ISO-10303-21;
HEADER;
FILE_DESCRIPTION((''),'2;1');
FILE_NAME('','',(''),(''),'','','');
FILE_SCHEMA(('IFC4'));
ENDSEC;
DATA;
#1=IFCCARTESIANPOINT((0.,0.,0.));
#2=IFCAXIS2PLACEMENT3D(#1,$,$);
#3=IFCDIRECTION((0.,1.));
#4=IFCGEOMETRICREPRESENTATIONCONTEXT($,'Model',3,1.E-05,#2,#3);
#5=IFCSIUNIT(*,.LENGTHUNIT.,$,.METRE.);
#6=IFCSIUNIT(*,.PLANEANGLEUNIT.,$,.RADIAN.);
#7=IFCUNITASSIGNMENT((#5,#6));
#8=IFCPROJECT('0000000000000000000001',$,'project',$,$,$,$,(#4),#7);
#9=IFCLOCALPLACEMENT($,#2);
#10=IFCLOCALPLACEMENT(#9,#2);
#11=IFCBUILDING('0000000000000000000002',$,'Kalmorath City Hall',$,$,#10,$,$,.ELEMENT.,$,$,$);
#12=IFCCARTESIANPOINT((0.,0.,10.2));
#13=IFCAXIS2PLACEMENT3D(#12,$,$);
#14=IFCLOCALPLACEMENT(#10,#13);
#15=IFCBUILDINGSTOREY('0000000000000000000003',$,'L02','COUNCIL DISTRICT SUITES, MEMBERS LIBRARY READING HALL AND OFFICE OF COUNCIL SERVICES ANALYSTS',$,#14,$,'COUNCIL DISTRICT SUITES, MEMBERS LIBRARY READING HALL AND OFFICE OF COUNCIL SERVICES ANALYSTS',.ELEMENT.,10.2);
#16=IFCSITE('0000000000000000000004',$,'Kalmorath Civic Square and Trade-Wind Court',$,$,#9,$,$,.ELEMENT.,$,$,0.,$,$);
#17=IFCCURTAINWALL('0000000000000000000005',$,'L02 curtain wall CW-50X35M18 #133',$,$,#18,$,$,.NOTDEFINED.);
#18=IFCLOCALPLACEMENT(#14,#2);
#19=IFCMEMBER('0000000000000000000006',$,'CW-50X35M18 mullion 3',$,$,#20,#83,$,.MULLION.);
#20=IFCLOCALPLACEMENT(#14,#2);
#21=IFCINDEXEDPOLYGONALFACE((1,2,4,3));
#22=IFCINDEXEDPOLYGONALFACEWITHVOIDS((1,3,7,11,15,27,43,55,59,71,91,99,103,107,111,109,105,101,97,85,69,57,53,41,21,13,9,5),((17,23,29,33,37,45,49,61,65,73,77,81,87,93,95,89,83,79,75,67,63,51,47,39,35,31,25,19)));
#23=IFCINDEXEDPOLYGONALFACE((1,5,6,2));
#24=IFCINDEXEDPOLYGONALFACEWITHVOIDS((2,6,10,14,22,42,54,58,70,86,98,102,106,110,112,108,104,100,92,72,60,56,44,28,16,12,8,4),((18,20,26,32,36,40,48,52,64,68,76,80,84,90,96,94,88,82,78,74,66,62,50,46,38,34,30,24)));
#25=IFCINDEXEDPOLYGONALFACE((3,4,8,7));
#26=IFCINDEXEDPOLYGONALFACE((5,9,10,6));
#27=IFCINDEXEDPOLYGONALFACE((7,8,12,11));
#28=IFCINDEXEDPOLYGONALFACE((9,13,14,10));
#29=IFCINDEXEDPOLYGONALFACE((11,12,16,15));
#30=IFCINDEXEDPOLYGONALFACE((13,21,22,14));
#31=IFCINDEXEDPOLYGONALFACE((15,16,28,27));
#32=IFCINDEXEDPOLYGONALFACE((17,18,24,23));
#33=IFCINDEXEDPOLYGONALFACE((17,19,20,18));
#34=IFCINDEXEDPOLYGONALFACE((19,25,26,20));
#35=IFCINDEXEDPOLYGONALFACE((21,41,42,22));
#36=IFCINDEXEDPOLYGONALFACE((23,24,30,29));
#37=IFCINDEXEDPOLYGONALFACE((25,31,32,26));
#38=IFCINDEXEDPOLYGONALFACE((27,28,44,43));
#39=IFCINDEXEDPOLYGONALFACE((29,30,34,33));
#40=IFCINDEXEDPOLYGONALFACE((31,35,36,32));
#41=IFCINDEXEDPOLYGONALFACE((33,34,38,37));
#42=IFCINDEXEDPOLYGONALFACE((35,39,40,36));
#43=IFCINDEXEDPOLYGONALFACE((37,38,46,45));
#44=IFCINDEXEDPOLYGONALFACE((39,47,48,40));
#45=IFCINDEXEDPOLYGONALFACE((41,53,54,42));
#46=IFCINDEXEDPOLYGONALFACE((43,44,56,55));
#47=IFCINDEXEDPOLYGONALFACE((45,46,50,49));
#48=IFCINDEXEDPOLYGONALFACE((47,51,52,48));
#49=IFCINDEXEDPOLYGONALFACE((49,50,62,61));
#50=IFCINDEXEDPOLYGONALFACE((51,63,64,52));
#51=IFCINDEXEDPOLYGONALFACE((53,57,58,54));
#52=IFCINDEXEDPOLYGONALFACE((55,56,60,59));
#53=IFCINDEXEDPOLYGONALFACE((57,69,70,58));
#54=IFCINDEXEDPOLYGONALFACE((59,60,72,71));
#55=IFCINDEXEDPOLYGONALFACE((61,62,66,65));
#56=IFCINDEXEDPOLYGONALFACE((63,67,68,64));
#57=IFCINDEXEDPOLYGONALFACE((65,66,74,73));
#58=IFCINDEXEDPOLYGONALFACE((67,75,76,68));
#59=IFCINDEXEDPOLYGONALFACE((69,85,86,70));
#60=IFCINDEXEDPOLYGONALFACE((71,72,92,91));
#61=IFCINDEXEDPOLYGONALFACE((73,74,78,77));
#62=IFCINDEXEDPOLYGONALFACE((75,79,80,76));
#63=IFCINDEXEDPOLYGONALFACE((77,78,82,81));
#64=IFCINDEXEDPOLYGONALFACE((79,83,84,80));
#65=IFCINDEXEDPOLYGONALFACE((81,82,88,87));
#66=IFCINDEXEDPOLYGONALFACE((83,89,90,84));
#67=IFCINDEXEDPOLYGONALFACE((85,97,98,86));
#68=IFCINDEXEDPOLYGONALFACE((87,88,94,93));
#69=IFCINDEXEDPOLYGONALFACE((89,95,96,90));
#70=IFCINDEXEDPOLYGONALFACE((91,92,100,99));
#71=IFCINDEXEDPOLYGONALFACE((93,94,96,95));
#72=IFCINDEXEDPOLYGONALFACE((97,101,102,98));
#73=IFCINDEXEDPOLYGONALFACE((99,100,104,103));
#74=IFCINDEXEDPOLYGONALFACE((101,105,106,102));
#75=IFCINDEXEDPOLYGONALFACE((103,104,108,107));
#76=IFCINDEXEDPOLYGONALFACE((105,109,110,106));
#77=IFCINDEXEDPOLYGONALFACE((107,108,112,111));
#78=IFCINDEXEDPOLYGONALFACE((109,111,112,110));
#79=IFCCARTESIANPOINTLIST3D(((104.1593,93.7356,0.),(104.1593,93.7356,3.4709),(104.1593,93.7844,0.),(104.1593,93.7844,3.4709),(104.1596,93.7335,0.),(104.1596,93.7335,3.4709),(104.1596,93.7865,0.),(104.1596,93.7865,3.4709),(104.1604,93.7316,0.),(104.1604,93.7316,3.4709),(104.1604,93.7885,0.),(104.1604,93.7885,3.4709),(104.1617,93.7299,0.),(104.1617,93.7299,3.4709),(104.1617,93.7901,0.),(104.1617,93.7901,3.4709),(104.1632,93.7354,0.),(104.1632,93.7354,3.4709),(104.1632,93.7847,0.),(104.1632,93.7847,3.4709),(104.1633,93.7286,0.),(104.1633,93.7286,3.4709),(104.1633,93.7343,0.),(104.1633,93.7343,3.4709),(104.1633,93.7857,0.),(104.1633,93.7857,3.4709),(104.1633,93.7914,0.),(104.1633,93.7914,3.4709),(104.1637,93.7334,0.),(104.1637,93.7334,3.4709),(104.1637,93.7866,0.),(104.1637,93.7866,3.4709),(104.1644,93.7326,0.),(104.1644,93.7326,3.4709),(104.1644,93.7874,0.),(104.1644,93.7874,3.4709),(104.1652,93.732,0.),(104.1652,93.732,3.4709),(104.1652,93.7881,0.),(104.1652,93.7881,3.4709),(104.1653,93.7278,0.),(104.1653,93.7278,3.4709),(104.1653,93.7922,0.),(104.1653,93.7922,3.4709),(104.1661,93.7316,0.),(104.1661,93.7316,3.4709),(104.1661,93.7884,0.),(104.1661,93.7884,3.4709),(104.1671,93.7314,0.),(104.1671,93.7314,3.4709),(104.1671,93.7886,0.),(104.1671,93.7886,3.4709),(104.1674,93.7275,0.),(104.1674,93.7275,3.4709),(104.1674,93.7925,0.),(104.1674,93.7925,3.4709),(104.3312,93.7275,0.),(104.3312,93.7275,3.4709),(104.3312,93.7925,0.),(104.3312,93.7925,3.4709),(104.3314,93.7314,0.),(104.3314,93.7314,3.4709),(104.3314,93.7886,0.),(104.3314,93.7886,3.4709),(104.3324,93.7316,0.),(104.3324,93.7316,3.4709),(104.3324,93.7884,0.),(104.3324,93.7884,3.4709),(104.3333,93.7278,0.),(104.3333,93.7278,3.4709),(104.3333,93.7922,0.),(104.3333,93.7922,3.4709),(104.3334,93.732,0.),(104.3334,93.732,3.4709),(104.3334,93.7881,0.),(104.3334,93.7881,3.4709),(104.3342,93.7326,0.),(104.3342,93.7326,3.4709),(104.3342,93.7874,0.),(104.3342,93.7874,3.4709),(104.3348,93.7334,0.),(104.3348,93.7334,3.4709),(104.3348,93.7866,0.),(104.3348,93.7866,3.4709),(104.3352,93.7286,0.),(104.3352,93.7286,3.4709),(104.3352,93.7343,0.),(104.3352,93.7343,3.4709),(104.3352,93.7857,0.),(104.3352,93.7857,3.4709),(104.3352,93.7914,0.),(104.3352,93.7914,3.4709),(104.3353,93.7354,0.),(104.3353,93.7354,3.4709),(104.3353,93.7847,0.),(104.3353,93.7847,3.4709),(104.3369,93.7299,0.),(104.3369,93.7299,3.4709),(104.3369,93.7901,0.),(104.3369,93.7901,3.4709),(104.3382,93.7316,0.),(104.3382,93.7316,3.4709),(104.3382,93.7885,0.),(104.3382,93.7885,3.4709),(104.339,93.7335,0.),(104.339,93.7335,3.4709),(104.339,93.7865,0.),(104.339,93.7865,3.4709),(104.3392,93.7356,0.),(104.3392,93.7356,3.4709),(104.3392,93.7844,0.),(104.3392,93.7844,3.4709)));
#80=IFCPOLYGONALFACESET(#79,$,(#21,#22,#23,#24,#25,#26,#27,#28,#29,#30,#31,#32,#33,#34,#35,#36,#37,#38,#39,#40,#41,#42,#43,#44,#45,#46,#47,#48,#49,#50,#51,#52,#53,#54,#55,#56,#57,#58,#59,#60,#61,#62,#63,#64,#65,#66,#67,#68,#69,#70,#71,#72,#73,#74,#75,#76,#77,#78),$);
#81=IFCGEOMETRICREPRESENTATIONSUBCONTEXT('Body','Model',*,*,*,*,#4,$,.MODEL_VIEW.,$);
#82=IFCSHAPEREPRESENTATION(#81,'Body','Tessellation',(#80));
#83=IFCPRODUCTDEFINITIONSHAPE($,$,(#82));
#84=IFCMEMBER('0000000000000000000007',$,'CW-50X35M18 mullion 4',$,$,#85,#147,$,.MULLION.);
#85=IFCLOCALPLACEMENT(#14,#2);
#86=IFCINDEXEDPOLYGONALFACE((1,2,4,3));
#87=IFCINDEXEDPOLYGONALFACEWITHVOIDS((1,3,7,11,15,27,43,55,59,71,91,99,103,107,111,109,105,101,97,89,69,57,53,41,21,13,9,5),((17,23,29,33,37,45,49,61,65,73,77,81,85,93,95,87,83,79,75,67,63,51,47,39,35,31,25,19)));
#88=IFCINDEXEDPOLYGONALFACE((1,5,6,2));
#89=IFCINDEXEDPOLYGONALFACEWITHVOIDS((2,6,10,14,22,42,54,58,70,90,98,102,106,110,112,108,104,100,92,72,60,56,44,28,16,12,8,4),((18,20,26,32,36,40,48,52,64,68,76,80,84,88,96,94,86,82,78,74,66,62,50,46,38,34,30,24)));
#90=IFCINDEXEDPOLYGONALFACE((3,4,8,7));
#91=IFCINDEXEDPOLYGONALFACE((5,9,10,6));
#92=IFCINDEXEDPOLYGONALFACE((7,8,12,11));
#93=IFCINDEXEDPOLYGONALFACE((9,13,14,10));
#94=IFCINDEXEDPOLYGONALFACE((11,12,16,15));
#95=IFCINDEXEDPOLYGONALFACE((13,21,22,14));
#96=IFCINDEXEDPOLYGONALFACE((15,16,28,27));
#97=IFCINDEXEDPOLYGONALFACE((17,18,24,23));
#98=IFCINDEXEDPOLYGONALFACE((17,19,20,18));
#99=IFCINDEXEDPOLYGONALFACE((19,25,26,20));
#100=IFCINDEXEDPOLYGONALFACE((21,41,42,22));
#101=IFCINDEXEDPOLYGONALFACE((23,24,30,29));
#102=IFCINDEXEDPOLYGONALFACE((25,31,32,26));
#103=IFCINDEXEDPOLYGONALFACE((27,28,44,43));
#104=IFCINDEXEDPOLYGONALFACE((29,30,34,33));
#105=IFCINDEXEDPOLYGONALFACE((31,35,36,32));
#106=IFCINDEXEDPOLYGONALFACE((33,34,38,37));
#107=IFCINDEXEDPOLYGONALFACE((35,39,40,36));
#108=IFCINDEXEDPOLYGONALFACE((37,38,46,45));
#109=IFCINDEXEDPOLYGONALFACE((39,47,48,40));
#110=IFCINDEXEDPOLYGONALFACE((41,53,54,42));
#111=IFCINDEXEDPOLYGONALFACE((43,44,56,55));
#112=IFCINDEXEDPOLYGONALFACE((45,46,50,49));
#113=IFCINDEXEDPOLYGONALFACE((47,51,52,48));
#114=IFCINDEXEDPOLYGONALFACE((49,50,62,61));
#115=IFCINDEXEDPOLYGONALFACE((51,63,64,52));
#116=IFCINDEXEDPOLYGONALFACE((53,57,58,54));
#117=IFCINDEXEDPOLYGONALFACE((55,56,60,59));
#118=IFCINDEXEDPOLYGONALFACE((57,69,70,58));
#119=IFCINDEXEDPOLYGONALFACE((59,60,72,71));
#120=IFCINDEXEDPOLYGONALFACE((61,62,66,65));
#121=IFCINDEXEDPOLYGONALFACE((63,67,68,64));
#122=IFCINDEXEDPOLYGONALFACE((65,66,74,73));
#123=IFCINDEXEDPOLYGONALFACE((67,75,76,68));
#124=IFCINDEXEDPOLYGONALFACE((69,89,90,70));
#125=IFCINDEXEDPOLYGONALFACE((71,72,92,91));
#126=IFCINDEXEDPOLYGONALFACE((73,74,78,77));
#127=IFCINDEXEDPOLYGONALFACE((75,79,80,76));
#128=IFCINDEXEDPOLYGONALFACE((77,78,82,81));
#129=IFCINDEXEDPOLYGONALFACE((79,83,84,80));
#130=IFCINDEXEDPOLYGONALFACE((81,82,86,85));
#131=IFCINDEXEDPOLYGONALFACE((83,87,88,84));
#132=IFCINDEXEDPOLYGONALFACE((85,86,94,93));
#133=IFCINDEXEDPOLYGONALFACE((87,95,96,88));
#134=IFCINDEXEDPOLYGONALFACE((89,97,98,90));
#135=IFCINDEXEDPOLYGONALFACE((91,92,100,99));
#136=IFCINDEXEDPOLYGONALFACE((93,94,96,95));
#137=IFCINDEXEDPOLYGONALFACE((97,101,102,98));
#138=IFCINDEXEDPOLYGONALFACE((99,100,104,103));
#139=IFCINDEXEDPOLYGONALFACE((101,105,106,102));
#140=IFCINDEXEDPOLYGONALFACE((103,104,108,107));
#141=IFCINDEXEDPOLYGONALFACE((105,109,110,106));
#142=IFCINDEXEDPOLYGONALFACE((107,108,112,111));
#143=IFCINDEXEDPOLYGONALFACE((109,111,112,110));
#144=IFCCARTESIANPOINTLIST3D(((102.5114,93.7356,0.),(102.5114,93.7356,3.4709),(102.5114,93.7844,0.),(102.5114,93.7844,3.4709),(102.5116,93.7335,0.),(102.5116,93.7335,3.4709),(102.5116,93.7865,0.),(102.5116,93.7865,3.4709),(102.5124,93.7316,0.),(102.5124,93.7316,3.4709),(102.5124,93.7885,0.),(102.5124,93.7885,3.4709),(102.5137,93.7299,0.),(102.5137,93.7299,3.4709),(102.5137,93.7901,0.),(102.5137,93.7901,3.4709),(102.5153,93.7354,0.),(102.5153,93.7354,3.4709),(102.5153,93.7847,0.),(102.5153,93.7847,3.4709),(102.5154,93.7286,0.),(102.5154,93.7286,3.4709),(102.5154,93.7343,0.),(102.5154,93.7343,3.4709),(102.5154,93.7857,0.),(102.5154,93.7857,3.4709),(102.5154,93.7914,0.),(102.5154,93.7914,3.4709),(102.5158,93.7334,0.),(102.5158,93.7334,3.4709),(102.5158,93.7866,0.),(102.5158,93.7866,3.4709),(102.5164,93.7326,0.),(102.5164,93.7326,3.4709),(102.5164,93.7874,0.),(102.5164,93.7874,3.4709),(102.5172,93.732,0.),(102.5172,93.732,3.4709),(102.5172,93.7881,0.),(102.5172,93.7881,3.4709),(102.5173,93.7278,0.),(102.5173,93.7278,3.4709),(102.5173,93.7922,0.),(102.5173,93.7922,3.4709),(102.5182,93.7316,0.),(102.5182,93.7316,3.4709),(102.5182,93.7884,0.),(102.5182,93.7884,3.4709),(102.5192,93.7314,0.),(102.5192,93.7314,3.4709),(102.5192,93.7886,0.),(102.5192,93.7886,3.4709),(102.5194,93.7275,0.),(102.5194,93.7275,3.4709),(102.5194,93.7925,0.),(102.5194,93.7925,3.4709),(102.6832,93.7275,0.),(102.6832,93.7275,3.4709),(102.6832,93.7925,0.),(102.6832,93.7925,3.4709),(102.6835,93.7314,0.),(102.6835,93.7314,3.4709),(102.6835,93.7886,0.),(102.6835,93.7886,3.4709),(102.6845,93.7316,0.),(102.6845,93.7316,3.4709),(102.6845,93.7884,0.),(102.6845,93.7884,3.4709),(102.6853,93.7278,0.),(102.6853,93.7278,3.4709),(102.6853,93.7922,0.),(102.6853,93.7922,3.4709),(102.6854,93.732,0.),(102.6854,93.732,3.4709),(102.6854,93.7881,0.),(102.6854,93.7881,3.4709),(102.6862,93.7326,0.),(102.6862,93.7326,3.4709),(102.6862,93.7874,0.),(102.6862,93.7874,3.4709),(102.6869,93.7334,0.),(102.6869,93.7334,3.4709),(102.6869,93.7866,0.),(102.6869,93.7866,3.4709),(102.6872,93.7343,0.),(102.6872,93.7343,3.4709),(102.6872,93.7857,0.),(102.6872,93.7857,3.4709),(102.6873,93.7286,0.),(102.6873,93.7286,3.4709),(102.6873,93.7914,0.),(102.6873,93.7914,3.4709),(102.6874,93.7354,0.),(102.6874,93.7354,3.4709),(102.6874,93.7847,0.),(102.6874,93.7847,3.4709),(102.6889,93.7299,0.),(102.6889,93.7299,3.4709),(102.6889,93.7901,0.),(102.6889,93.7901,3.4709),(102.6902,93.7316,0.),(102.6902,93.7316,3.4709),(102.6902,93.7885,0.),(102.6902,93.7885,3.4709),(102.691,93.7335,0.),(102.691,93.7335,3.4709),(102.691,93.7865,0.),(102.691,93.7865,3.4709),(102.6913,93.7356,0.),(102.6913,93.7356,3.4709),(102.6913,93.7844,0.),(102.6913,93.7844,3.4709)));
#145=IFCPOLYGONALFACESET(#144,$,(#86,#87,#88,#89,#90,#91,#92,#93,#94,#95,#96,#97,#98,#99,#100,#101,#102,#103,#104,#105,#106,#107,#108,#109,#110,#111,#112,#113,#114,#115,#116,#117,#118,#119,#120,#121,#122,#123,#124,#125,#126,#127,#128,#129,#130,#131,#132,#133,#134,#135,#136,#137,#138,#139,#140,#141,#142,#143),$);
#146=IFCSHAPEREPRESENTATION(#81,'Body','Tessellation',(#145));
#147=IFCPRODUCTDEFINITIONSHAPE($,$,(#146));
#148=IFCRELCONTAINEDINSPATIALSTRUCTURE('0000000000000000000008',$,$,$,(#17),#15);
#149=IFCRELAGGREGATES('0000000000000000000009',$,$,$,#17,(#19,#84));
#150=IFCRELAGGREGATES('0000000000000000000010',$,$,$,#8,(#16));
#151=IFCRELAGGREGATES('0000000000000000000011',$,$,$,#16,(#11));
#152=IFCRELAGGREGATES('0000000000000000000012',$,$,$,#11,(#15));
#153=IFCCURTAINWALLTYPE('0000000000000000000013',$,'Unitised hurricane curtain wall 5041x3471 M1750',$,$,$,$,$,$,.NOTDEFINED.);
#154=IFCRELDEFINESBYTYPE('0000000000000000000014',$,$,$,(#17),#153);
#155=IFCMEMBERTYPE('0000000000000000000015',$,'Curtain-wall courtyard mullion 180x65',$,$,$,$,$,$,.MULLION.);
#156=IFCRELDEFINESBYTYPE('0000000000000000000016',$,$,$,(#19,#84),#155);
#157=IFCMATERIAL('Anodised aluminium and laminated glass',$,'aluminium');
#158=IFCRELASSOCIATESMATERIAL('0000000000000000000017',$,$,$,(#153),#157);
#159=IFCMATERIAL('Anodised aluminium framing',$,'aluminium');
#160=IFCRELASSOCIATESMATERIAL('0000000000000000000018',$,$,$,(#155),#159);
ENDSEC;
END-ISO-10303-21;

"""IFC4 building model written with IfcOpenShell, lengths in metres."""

from ifc_helpers import new_model, si_unit, direction, frame, origin, origin_2d, place, context, subcontext, project, spatial, hollow_rectangle, extrude, material, material_profile, profile_set, type_object, element, aggregate, save


model = new_model("IFC4")

# Units and contexts
model_context = context("Model", 3, precision=1e-05, world=origin(), true_north=direction((0.0, 1.0)))
body_context = subcontext(model_context, "Body", "Model", "MODEL_VIEW")
ifc_project = project(units=[si_unit("LENGTHUNIT", "METRE"), si_unit("PLANEANGLEUNIT", "RADIAN")], contexts=[model_context])

# Site, building, storey
site_placement = place(None, origin())
site = spatial("IfcSite", under=ifc_project, at=site_placement, Name="Kalmorath Civic Square and Trade-Wind Court", CompositionType="ELEMENT", RefElevation=0.0)
building_placement = place(site_placement, origin())
building = spatial("IfcBuilding", under=site, at=building_placement, Name="Kalmorath City Hall", CompositionType="ELEMENT")
storey_placement = place(building_placement, frame((0.0, 0.0, 10.2)))
storey = spatial("IfcBuildingStorey", under=building, at=storey_placement, Name="L02", Description="COUNCIL DISTRICT SUITES, MEMBERS LIBRARY READING HALL AND OFFICE OF COUNCIL SERVICES ANALYSTS", LongName="COUNCIL DISTRICT SUITES, MEMBERS LIBRARY READING HALL AND OFFICE OF COUNCIL SERVICES ANALYSTS", CompositionType="ELEMENT", Elevation=10.2)

# Curtain wall, members
ifc_material_1 = material(Name="Anodised aluminium and laminated glass", Category="aluminium")
curtain_wall_type_1 = type_object("IfcCurtainWallType", Name="Unitised hurricane curtain wall 5041x3471 M1750", PredefinedType="NOTDEFINED", material=ifc_material_1)
curtain_wall_1_placement = place(storey_placement, origin())
curtain_wall_1 = element("IfcCurtainWall", 1, at=curtain_wall_1_placement, inside=storey, type_object=curtain_wall_type_1, Name="L02 curtain wall CW-50X35M18 #133", PredefinedType="NOTDEFINED")
ifc_material_2 = material(Name="Anodised aluminium framing", Category="aluminium")
ifc_material_profile_1 = material_profile(ifc_material_2, hollow_rectangle(XDim=0.0649, YDim=0.1799, WallThickness=0.0039, InnerFilletRadius=0.0039, OuterFilletRadius=0.0081, at=origin_2d()), Name="ALU-MUL-180X65X4")
ifc_profile_set_1 = profile_set([ifc_material_profile_1], Name="Anodised aluminium framing")
member_type_1 = type_object("IfcMemberType", Name="Curtain-wall courtyard mullion 180x65", PredefinedType="MULLION", material=ifc_profile_set_1)
member_1_placement = place(storey_placement, frame((104.2493, 93.76, 0.0), z_axis=(0.0, 0.0, 1.0), x_axis=(0.0, -1.0, 0.0)))
member_1 = element("IfcMember", 2, at=member_1_placement, type_object=member_type_1, Name="CW-50X35M18 mullion 3", PredefinedType="MULLION", context=body_context, shape_type="SweptSolid", body=[
    extrude(hollow_rectangle(XDim=0.0649, YDim=0.1799, WallThickness=0.0039, InnerFilletRadius=0.0039, OuterFilletRadius=0.0081, at=origin_2d()), origin(), (0.0, 0.0, 1.0), 3.4709),
])
member_2_placement = place(storey_placement, frame((102.6013, 93.76, 0.0), z_axis=(0.0, 0.0, 1.0), x_axis=(0.0, -1.0, 0.0)))
member_2 = element("IfcMember", 3, at=member_2_placement, type_object=member_type_1, Name="CW-50X35M18 mullion 4", PredefinedType="MULLION", context=body_context, shape_type="SweptSolid", body=[
    extrude(hollow_rectangle(XDim=0.0649, YDim=0.1799, WallThickness=0.0039, InnerFilletRadius=0.0039, OuterFilletRadius=0.0081, at=origin_2d()), origin(), (0.0, 0.0, 1.0), 3.4709),
])

aggregate(curtain_wall_1, [member_1, member_2])

save(model, "model.ifc")
